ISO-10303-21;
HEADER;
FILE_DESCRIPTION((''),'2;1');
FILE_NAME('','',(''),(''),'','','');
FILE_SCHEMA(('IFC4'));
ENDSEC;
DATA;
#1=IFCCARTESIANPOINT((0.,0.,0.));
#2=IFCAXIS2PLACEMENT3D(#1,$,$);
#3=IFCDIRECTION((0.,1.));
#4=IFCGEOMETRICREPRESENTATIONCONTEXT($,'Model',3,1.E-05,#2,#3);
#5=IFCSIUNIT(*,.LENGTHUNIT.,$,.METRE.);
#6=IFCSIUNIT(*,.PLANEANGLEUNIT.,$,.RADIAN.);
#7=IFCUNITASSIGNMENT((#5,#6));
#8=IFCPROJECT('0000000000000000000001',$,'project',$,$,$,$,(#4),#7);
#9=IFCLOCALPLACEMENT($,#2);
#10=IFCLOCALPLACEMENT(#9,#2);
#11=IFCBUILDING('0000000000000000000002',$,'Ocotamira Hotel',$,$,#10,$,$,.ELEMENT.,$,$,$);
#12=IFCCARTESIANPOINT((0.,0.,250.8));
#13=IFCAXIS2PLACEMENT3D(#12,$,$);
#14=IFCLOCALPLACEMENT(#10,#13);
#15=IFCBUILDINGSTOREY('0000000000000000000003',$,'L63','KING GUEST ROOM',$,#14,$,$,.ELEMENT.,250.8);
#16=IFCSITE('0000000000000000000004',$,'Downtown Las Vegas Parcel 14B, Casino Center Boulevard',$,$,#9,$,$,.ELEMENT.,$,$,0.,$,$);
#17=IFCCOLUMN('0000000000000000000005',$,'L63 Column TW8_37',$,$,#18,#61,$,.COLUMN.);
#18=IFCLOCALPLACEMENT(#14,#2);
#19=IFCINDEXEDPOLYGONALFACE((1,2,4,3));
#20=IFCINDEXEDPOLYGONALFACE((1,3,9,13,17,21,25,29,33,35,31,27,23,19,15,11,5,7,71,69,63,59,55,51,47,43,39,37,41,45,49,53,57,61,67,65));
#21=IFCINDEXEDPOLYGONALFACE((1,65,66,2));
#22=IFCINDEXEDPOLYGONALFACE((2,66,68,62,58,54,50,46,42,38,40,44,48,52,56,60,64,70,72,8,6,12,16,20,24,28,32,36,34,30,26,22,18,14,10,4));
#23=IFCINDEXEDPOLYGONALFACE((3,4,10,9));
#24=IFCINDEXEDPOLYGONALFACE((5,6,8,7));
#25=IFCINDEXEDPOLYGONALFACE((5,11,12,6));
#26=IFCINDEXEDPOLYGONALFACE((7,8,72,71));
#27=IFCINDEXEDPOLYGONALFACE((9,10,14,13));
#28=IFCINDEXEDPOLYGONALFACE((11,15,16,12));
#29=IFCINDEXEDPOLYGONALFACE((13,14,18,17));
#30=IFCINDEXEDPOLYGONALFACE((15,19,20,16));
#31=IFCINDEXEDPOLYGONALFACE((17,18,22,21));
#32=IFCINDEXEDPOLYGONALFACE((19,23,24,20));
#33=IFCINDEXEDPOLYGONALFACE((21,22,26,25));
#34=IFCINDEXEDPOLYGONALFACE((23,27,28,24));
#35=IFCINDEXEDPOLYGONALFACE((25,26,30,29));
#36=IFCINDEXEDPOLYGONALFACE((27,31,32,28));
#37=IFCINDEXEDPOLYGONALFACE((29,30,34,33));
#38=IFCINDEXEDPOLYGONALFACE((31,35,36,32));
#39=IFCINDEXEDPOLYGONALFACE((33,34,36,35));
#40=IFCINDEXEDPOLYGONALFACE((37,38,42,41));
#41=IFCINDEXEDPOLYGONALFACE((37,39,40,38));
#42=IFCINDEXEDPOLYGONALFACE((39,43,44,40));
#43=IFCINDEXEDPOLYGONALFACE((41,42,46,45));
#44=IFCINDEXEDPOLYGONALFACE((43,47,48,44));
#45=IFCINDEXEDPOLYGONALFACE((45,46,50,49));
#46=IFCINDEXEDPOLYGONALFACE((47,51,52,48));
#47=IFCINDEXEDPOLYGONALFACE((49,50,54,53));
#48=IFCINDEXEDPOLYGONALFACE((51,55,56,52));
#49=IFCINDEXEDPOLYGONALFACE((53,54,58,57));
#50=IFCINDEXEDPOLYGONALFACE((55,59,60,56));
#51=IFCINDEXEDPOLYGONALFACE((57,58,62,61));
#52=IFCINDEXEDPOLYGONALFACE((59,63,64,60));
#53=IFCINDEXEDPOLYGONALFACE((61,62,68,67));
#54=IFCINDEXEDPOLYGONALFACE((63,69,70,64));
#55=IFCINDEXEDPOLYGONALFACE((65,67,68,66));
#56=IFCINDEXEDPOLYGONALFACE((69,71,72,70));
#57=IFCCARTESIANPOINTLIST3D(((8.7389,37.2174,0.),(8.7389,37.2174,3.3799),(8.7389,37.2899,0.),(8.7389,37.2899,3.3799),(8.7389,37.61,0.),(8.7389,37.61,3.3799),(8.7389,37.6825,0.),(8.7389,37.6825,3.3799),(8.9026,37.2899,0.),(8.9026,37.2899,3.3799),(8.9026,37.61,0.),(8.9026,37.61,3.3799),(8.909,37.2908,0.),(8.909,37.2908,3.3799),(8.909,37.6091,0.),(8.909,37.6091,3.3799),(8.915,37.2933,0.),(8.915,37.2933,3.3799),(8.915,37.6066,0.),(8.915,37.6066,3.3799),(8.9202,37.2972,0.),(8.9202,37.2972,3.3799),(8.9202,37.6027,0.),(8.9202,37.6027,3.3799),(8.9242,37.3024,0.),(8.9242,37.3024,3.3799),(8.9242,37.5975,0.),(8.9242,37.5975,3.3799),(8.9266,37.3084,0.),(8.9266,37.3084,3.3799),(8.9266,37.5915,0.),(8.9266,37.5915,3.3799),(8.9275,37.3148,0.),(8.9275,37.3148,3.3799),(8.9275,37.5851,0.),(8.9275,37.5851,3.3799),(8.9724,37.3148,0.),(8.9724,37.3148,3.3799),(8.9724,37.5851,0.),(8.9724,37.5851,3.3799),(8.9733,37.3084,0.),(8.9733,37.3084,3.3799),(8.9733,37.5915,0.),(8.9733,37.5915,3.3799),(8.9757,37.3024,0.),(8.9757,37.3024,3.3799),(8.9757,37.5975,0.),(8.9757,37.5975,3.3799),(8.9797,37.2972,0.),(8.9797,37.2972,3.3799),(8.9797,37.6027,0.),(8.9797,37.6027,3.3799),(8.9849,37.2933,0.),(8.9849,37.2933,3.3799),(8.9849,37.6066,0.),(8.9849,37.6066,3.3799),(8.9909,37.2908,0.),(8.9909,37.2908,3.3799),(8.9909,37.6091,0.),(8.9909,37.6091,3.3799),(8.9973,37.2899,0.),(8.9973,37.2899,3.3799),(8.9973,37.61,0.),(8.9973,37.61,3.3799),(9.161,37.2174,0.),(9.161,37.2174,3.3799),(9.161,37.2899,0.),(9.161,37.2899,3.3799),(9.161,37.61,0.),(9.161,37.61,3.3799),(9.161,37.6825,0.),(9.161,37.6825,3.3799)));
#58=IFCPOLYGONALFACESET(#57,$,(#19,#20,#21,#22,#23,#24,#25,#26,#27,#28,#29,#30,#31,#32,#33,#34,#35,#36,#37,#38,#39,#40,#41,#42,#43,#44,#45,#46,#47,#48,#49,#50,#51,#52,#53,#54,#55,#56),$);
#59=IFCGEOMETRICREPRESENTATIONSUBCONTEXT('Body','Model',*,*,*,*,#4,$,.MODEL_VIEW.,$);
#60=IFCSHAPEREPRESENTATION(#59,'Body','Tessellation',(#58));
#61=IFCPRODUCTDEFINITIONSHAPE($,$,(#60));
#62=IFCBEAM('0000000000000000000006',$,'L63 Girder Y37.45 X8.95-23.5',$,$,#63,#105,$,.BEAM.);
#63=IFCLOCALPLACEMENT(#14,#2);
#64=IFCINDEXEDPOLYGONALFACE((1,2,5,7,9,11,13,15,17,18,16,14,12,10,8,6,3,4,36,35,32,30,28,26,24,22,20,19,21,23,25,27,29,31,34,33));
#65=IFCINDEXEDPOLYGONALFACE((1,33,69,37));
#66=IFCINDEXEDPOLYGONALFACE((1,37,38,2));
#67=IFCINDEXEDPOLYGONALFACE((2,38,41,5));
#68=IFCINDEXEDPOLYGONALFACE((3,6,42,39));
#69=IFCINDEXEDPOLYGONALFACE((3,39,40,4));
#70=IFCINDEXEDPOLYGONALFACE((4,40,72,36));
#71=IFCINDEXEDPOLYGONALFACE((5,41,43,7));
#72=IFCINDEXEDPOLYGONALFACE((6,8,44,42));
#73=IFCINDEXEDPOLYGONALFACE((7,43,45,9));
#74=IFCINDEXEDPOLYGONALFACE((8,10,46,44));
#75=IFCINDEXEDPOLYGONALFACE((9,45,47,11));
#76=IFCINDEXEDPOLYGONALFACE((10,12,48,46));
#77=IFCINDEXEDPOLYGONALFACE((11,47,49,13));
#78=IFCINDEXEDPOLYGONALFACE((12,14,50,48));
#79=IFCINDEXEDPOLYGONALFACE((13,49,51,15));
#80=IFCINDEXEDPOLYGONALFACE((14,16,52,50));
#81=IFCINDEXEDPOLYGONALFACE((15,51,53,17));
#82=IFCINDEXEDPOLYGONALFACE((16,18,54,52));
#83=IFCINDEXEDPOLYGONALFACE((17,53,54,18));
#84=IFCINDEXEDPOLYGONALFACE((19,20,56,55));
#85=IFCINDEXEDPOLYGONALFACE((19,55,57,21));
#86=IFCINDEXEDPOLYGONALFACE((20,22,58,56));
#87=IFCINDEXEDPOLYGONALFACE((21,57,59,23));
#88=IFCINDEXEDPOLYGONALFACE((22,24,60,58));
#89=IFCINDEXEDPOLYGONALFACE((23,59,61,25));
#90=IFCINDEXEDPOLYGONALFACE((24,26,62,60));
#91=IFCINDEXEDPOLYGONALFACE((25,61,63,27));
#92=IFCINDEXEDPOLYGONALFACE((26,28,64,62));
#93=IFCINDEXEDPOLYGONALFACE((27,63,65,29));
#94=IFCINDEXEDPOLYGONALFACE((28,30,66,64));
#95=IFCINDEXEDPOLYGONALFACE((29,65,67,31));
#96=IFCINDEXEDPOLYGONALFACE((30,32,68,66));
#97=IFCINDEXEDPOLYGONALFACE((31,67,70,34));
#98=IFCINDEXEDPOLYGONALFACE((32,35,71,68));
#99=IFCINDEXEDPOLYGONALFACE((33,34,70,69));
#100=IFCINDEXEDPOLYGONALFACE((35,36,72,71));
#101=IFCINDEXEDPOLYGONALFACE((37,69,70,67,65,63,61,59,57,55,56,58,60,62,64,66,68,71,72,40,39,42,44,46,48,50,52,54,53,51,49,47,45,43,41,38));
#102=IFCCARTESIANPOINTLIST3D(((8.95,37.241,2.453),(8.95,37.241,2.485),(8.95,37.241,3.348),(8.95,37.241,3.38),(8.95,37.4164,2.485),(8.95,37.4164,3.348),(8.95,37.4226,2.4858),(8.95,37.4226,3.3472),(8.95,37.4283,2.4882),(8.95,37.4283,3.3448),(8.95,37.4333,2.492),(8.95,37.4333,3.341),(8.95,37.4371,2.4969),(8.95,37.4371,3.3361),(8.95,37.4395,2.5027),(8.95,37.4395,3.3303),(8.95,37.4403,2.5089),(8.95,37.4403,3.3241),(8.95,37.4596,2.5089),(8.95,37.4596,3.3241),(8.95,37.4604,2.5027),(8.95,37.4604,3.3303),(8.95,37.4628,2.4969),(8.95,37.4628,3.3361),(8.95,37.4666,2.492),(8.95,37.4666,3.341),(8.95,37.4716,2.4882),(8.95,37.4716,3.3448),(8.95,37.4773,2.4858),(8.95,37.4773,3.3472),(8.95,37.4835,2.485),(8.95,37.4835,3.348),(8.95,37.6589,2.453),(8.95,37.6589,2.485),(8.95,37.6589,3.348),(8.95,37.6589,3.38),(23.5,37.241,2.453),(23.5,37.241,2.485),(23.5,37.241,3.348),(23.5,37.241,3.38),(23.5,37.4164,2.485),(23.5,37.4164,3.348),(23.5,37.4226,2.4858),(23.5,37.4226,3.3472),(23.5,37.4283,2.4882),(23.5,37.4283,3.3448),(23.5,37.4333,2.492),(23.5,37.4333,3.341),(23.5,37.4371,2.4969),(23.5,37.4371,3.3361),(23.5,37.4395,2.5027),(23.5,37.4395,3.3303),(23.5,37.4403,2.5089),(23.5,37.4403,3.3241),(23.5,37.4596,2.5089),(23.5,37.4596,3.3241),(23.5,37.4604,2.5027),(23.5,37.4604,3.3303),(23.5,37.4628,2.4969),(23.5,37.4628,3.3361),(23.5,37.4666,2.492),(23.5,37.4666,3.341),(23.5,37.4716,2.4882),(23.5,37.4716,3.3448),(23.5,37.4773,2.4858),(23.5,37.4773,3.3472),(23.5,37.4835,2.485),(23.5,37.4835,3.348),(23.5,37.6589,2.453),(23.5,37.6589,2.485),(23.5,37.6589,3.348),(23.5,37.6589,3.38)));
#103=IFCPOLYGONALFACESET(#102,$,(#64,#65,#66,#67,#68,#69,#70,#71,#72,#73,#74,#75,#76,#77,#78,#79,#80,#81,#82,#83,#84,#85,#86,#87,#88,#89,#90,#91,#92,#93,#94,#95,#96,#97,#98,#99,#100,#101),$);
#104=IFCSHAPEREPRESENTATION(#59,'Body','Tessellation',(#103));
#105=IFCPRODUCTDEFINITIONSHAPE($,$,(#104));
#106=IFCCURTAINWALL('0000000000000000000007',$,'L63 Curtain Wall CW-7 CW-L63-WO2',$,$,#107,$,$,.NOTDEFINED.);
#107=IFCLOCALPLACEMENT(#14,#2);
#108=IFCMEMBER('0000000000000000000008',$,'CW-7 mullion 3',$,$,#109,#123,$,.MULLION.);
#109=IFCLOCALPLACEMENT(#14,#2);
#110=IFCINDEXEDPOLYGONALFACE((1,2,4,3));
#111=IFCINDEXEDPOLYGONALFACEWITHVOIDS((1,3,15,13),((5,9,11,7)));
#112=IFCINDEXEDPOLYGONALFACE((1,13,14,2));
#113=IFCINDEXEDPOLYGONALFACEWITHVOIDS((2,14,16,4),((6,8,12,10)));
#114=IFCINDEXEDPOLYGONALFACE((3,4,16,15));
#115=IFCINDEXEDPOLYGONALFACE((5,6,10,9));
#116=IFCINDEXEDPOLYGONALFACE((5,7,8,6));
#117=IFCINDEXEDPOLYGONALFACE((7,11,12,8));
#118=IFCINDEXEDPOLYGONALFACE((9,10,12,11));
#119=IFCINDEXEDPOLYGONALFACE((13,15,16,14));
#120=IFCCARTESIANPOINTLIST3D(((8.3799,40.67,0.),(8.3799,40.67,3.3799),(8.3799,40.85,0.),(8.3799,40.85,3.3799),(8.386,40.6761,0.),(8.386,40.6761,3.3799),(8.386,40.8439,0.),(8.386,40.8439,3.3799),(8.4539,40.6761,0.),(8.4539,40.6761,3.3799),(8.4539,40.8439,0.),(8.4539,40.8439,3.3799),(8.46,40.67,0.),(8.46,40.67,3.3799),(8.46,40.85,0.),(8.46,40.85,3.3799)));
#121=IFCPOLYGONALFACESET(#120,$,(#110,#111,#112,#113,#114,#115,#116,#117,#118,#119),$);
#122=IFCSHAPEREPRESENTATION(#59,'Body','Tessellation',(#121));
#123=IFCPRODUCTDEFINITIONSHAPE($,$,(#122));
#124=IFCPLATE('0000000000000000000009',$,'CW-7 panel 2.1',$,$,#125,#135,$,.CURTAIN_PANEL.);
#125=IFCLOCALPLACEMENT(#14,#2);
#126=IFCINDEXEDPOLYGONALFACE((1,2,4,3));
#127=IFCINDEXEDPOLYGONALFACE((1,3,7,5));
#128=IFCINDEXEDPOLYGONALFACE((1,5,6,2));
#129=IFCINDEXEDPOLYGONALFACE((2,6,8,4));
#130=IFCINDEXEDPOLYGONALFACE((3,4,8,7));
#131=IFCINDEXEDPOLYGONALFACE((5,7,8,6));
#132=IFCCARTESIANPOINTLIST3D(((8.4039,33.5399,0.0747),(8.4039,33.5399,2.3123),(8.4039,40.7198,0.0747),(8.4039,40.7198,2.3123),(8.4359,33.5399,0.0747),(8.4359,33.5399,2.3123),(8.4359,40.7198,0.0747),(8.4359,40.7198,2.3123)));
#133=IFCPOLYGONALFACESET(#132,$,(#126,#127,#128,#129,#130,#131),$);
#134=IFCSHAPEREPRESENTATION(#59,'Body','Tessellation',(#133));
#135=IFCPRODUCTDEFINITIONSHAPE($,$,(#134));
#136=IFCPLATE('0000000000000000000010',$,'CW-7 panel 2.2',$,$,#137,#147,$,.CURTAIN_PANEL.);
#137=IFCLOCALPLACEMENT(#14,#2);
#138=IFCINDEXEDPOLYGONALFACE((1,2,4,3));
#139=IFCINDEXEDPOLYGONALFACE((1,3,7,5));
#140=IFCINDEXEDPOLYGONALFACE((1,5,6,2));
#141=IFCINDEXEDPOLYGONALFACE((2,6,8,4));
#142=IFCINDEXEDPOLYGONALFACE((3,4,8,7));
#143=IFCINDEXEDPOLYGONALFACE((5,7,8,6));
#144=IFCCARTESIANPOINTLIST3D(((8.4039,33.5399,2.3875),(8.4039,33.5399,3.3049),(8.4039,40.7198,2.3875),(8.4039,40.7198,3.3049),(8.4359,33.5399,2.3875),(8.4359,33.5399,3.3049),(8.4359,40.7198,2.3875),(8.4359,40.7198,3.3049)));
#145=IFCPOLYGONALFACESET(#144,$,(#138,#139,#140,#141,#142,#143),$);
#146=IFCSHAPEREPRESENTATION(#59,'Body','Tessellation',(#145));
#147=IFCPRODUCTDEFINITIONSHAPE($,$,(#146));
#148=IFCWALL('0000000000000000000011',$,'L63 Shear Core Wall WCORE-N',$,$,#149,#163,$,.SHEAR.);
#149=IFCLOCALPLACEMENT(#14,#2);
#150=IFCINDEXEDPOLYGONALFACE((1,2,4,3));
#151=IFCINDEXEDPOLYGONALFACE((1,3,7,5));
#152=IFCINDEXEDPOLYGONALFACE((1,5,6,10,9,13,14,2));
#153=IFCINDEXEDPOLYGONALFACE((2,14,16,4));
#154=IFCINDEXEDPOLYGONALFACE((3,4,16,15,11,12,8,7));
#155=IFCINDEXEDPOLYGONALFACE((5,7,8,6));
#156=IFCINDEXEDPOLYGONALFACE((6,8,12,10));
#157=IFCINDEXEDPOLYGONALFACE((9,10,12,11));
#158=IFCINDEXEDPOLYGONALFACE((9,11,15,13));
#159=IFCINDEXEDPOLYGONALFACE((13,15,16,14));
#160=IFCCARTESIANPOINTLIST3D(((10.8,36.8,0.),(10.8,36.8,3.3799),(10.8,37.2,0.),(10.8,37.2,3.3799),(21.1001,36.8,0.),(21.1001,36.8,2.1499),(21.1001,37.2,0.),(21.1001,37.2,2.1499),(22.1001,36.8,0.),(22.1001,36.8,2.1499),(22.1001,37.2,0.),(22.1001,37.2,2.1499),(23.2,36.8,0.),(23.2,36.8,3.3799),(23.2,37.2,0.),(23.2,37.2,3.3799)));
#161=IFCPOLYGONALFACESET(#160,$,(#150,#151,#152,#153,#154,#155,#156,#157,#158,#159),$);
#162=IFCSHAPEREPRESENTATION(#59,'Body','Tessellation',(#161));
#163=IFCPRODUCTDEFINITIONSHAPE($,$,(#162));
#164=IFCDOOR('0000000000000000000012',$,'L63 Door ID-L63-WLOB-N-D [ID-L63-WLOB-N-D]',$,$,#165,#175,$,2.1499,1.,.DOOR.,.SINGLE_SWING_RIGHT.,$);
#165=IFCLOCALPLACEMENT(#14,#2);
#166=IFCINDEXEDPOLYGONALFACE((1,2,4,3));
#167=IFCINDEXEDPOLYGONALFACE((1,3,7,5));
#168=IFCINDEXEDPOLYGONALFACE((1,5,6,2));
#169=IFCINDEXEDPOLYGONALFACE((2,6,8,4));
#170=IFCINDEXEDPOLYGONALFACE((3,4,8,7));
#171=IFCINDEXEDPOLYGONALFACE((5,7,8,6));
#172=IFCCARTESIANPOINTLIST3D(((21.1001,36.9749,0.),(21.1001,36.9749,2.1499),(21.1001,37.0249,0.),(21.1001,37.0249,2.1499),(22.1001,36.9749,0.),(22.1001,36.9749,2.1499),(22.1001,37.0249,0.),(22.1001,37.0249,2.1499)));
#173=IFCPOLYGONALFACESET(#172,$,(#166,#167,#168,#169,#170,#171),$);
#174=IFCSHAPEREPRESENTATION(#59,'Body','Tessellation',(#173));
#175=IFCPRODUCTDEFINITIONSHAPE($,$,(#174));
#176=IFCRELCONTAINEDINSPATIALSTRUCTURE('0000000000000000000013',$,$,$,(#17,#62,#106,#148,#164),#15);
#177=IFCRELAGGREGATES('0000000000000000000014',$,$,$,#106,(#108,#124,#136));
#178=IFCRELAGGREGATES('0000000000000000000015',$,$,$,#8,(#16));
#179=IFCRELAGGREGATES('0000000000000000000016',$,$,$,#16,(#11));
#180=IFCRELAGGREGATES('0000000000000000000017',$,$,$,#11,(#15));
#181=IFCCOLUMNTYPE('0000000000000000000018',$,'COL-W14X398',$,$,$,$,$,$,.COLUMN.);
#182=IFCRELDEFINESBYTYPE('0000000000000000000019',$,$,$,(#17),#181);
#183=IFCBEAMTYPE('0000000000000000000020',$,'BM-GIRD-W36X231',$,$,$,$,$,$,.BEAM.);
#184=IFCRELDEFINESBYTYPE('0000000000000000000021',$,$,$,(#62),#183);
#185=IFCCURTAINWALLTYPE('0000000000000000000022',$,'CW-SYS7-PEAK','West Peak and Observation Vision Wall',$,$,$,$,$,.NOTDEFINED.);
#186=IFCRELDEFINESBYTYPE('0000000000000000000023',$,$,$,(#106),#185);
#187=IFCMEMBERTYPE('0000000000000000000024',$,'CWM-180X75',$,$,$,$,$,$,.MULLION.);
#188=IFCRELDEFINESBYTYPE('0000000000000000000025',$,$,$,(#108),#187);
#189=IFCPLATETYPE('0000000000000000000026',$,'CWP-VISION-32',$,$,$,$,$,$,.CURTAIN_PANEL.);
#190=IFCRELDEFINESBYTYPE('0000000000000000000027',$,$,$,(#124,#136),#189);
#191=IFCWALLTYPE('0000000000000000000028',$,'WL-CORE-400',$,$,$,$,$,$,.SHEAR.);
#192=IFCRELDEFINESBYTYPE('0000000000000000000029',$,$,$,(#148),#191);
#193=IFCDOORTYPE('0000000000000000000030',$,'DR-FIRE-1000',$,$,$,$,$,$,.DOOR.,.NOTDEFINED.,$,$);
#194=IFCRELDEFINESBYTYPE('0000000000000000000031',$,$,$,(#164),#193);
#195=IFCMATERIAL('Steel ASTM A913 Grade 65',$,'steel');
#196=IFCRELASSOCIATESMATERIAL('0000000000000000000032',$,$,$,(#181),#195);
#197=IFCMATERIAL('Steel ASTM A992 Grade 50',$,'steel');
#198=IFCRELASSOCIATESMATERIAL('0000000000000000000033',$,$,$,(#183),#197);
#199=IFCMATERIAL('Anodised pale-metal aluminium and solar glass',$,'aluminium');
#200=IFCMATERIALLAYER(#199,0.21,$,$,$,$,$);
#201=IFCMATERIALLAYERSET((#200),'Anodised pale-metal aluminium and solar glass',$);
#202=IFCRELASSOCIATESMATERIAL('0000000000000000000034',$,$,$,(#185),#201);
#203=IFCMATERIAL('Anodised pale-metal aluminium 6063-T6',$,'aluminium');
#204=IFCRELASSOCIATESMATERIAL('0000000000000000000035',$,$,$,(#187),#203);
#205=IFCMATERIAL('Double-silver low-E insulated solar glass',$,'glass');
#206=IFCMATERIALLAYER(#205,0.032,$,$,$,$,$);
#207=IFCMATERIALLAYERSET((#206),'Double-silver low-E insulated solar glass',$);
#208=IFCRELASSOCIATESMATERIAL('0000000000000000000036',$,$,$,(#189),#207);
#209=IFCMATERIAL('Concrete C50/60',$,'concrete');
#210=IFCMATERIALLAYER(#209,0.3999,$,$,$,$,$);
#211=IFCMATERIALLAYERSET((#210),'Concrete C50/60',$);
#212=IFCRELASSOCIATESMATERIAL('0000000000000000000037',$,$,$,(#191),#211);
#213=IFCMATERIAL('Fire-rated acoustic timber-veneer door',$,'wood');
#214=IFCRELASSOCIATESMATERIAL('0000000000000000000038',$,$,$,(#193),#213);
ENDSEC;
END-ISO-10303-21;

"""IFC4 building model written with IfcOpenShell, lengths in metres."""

from ifc_helpers import new_model, si_unit, direction, frame, frame_2d, origin, origin_2d, place, context, subcontext, project, spatial, rectangle, hollow_rectangle, i_section, extrude, source, transform, mapped, material, layer, layer_set, material_profile, profile_set, type_object, element, fill, aggregate, save


model = new_model("IFC4")

# Units and contexts
model_context = context("Model", 3, precision=1e-05, world=origin(), true_north=direction((0.0, 1.0)))
body_context = subcontext(model_context, "Body", "Model", "MODEL_VIEW")
ifc_project = project(units=[si_unit("LENGTHUNIT", "METRE"), si_unit("PLANEANGLEUNIT", "RADIAN")], contexts=[model_context])

# Site, building, storey
site_placement = place(None, origin())
site = spatial("IfcSite", under=ifc_project, at=site_placement, Name="Downtown Las Vegas Parcel 14B, Casino Center Boulevard", CompositionType="ELEMENT", RefElevation=0.0)
building_placement = place(site_placement, origin())
building = spatial("IfcBuilding", under=site, at=building_placement, Name="Ocotamira Hotel", CompositionType="ELEMENT")
storey_placement = place(building_placement, frame((0.0, 0.0, 250.8)))
storey = spatial("IfcBuildingStorey", under=building, at=storey_placement, Name="L63", Description="KING GUEST ROOM", CompositionType="ELEMENT", Elevation=250.8)

# Column
ifc_material_1 = material(Name="Steel ASTM A913 Grade 65", Category="steel")
ifc_material_profile_1 = material_profile(ifc_material_1, i_section(OverallWidth=0.4221, OverallDepth=0.4651, WebThickness=0.0449, FlangeThickness=0.0725, FilletRadius=0.0249, at=origin_2d()), Name="W14X398")
ifc_profile_set_1 = profile_set([ifc_material_profile_1], Name="Steel ASTM A913 Grade 65")
column_type = type_object("IfcColumnType", Name="COL-W14X398", PredefinedType="COLUMN", material=ifc_profile_set_1)
shared_shape_1 = source(origin(), body_context, "Body", "SweptSolid", [
    extrude(i_section(OverallWidth=0.4221, OverallDepth=0.4651, WebThickness=0.0449, FlangeThickness=0.0725, FilletRadius=0.0249, at=origin_2d()), origin(), (0.0, 0.0, 1.0), 3.3799),
])
column_placement = place(storey_placement, frame((8.95, 37.45, 0.0), z_axis=(0.0, 0.0, 1.0), x_axis=(1.0, 0.0, 0.0)))
element("IfcColumn", 1, at=column_placement, inside=storey, type_object=column_type, Name="L63 Column TW8_37", PredefinedType="COLUMN", context=body_context, shape_type="MappedRepresentation", body=[
    mapped(shared_shape_1, transform((0.0, 0.0, 0.0), scale=1.0)),
])

# Beam
ifc_material_2 = material(Name="Steel ASTM A992 Grade 50", Category="steel")
ifc_material_profile_2 = material_profile(ifc_material_2, i_section(OverallWidth=0.418, OverallDepth=0.927, WebThickness=0.0193, FlangeThickness=0.032, FilletRadius=0.0239, at=origin_2d()), Name="W36X231")
ifc_profile_set_2 = profile_set([ifc_material_profile_2], Name="Steel ASTM A992 Grade 50")
beam_type = type_object("IfcBeamType", Name="BM-GIRD-W36X231", PredefinedType="BEAM", material=ifc_profile_set_2)
shared_shape_2 = source(origin(), body_context, "Body", "SweptSolid", [
    extrude(i_section(OverallWidth=0.418, OverallDepth=0.927, WebThickness=0.0193, FlangeThickness=0.032, FilletRadius=0.0239, at=origin_2d()), origin(), (0.0, 0.0, 1.0), 14.55),
])
beam_placement = place(storey_placement, frame((8.95, 37.45, 2.9165), z_axis=(1.0, 0.0, 0.0), x_axis=(0.0, 1.0, 0.0)))
element("IfcBeam", 2, at=beam_placement, inside=storey, type_object=beam_type, Name="L63 Girder Y37.45 X8.95-23.5", PredefinedType="BEAM", context=body_context, shape_type="MappedRepresentation", body=[
    mapped(shared_shape_2, transform((0.0, 0.0, 0.0), scale=1.0)),
])

# Curtain wall, member, plates
ifc_material_3 = material(Name="Anodised pale-metal aluminium and solar glass", Category="aluminium")
ifc_layer_1 = layer(ifc_material_3, 0.21)
ifc_layer_set_1 = layer_set([ifc_layer_1], Name="Anodised pale-metal aluminium and solar glass")
curtain_wall_type = type_object("IfcCurtainWallType", Name="CW-SYS7-PEAK", Description="West Peak and Observation Vision Wall", PredefinedType="NOTDEFINED", material=ifc_layer_set_1)
curtain_wall_placement = place(storey_placement, origin())
curtain_wall = element("IfcCurtainWall", 3, at=curtain_wall_placement, inside=storey, type_object=curtain_wall_type, Name="L63 Curtain Wall CW-7 CW-L63-WO2", PredefinedType="NOTDEFINED")
ifc_material_4 = material(Name="Anodised pale-metal aluminium 6063-T6", Category="aluminium")
ifc_material_profile_3 = material_profile(ifc_material_4, hollow_rectangle(XDim=0.0801, YDim=0.1799, WallThickness=0.0061, at=origin_2d()), Name="HSS180X80X6")
ifc_profile_set_3 = profile_set([ifc_material_profile_3], Name="Anodised pale-metal aluminium 6063-T6")
member_type = type_object("IfcMemberType", Name="CWM-180X75", PredefinedType="MULLION", material=ifc_profile_set_3)
shared_shape_3 = source(origin(), body_context, "Body", "SweptSolid", [
    extrude(hollow_rectangle(XDim=0.0801, YDim=0.1799, WallThickness=0.0061, at=origin_2d()), origin(), (0.0, 0.0, 1.0), 3.3799),
])
member_placement = place(storey_placement, frame((8.4199, 40.76, 0.0), z_axis=(0.0, 0.0, 1.0), x_axis=(-1.0, 0.0, 0.0)))
member = element("IfcMember", 4, at=member_placement, type_object=member_type, Name="CW-7 mullion 3", PredefinedType="MULLION", context=body_context, shape_type="MappedRepresentation", body=[
    mapped(shared_shape_3, transform((0.0, 0.0, 0.0), scale=1.0)),
])
ifc_material_5 = material(Name="Double-silver low-E insulated solar glass", Category="glass")
ifc_layer_2 = layer(ifc_material_5, 0.032)
ifc_layer_set_2 = layer_set([ifc_layer_2], Name="Double-silver low-E insulated solar glass")
plate_type = type_object("IfcPlateType", Name="CWP-VISION-32", PredefinedType="CURTAIN_PANEL", material=ifc_layer_set_2)
shared_shape_4 = source(origin(), body_context, "Body", "SweptSolid", [
    extrude(rectangle(XDim=7.1799, YDim=0.032, at=origin_2d()), origin(), (0.0, 0.0, 1.0), 2.2375),
])
plate_1_placement = place(storey_placement, frame((8.4199, 37.1299, 0.0747), z_axis=(0.0, 0.0, 1.0), x_axis=(0.0, 1.0, 0.0)))
plate_1 = element("IfcPlate", 5, at=plate_1_placement, type_object=plate_type, Name="CW-7 panel 2.1", PredefinedType="CURTAIN_PANEL", context=body_context, shape_type="MappedRepresentation", body=[
    mapped(shared_shape_4, transform((0.0, 0.0, 0.0), scale=1.0)),
])
shared_shape_5 = source(origin(), body_context, "Body", "SweptSolid", [
    extrude(rectangle(XDim=7.1799, YDim=0.032, at=origin_2d()), origin(), (0.0, 0.0, 1.0), 0.9175),
])
plate_2_placement = place(storey_placement, frame((8.4199, 37.1299, 2.3875), z_axis=(0.0, 0.0, 1.0), x_axis=(0.0, 1.0, 0.0)))
plate_2 = element("IfcPlate", 6, at=plate_2_placement, type_object=plate_type, Name="CW-7 panel 2.2", PredefinedType="CURTAIN_PANEL", context=body_context, shape_type="MappedRepresentation", body=[
    mapped(shared_shape_5, transform((0.0, 0.0, 0.0), scale=1.0)),
])
aggregate(curtain_wall, [member, plate_1, plate_2])

# Wall, opening, door
ifc_material_6 = material(Name="Concrete C50/60", Category="concrete")
ifc_layer_3 = layer(ifc_material_6, 0.3999)
ifc_layer_set_3 = layer_set([ifc_layer_3], Name="Concrete C50/60")
wall_type_1 = type_object("IfcWallType", Name="WL-CORE-400", PredefinedType="SHEAR", material=ifc_layer_set_3)
wall_1_placement = place(storey_placement, frame((10.8, 37.0, 0.0), z_axis=(0.0, 0.0, 1.0), x_axis=(1.0, 0.0, 0.0)))
wall_1 = element("IfcWall", 7, at=wall_1_placement, inside=storey, type_object=wall_type_1, Name="L63 Shear Core Wall WCORE-N", PredefinedType="SHEAR", context=body_context, shape_type="SweptSolid", body=[
    extrude(rectangle(XDim=12.3999, YDim=0.3999, at=frame_2d((6.2, 0.0))), origin(), (0.0, 0.0, 1.0), 3.3799),
])
opening_1_placement = place(wall_1_placement, frame((10.3, 0.0, 0.0)))
opening_1 = element("IfcOpeningElement", 8, at=opening_1_placement, cuts=wall_1, PredefinedType="OPENING", context=body_context, shape_type="SweptSolid", body=[
    extrude(rectangle(XDim=1.0, YDim=2.1499, at=frame_2d((0.5, 1.075))), frame((0.0, 0.21, 0.0), z_axis=(0.0, -1.0, 0.0), x_axis=(1.0, 0.0, 0.0)), (0.0, 0.0, 1.0), 0.4199),
])
ifc_material_7 = material(Name="Fire-rated acoustic timber-veneer door", Category="wood")
door_type_1 = type_object("IfcDoorType", Name="DR-FIRE-1000", OperationType="NOTDEFINED", PredefinedType="DOOR", material=ifc_material_7)
shared_shape_6 = source(origin(), body_context, "Body", "SweptSolid", [
    extrude(rectangle(XDim=1.0, YDim=2.1499, at=frame_2d((0.5, 1.075))), frame((0.0, 0.0249, 0.0), z_axis=(0.0, -1.0, 0.0), x_axis=(1.0, 0.0, 0.0)), (0.0, 0.0, 1.0), 0.05),
])
door_1_placement = place(opening_1_placement, origin())
door_1 = element("IfcDoor", 9, at=door_1_placement, inside=storey, type_object=door_type_1, Name="L63 Door ID-L63-WLOB-N-D [ID-L63-WLOB-N-D]", OperationType="SINGLE_SWING_RIGHT", OverallHeight=2.1499, OverallWidth=1.0, PredefinedType="DOOR", context=body_context, shape_type="MappedRepresentation", body=[
    mapped(shared_shape_6, transform((0.0, 0.0, 0.0), scale=1.0)),
])
fill(opening_1, door_1)

save(model, "model.ifc")
